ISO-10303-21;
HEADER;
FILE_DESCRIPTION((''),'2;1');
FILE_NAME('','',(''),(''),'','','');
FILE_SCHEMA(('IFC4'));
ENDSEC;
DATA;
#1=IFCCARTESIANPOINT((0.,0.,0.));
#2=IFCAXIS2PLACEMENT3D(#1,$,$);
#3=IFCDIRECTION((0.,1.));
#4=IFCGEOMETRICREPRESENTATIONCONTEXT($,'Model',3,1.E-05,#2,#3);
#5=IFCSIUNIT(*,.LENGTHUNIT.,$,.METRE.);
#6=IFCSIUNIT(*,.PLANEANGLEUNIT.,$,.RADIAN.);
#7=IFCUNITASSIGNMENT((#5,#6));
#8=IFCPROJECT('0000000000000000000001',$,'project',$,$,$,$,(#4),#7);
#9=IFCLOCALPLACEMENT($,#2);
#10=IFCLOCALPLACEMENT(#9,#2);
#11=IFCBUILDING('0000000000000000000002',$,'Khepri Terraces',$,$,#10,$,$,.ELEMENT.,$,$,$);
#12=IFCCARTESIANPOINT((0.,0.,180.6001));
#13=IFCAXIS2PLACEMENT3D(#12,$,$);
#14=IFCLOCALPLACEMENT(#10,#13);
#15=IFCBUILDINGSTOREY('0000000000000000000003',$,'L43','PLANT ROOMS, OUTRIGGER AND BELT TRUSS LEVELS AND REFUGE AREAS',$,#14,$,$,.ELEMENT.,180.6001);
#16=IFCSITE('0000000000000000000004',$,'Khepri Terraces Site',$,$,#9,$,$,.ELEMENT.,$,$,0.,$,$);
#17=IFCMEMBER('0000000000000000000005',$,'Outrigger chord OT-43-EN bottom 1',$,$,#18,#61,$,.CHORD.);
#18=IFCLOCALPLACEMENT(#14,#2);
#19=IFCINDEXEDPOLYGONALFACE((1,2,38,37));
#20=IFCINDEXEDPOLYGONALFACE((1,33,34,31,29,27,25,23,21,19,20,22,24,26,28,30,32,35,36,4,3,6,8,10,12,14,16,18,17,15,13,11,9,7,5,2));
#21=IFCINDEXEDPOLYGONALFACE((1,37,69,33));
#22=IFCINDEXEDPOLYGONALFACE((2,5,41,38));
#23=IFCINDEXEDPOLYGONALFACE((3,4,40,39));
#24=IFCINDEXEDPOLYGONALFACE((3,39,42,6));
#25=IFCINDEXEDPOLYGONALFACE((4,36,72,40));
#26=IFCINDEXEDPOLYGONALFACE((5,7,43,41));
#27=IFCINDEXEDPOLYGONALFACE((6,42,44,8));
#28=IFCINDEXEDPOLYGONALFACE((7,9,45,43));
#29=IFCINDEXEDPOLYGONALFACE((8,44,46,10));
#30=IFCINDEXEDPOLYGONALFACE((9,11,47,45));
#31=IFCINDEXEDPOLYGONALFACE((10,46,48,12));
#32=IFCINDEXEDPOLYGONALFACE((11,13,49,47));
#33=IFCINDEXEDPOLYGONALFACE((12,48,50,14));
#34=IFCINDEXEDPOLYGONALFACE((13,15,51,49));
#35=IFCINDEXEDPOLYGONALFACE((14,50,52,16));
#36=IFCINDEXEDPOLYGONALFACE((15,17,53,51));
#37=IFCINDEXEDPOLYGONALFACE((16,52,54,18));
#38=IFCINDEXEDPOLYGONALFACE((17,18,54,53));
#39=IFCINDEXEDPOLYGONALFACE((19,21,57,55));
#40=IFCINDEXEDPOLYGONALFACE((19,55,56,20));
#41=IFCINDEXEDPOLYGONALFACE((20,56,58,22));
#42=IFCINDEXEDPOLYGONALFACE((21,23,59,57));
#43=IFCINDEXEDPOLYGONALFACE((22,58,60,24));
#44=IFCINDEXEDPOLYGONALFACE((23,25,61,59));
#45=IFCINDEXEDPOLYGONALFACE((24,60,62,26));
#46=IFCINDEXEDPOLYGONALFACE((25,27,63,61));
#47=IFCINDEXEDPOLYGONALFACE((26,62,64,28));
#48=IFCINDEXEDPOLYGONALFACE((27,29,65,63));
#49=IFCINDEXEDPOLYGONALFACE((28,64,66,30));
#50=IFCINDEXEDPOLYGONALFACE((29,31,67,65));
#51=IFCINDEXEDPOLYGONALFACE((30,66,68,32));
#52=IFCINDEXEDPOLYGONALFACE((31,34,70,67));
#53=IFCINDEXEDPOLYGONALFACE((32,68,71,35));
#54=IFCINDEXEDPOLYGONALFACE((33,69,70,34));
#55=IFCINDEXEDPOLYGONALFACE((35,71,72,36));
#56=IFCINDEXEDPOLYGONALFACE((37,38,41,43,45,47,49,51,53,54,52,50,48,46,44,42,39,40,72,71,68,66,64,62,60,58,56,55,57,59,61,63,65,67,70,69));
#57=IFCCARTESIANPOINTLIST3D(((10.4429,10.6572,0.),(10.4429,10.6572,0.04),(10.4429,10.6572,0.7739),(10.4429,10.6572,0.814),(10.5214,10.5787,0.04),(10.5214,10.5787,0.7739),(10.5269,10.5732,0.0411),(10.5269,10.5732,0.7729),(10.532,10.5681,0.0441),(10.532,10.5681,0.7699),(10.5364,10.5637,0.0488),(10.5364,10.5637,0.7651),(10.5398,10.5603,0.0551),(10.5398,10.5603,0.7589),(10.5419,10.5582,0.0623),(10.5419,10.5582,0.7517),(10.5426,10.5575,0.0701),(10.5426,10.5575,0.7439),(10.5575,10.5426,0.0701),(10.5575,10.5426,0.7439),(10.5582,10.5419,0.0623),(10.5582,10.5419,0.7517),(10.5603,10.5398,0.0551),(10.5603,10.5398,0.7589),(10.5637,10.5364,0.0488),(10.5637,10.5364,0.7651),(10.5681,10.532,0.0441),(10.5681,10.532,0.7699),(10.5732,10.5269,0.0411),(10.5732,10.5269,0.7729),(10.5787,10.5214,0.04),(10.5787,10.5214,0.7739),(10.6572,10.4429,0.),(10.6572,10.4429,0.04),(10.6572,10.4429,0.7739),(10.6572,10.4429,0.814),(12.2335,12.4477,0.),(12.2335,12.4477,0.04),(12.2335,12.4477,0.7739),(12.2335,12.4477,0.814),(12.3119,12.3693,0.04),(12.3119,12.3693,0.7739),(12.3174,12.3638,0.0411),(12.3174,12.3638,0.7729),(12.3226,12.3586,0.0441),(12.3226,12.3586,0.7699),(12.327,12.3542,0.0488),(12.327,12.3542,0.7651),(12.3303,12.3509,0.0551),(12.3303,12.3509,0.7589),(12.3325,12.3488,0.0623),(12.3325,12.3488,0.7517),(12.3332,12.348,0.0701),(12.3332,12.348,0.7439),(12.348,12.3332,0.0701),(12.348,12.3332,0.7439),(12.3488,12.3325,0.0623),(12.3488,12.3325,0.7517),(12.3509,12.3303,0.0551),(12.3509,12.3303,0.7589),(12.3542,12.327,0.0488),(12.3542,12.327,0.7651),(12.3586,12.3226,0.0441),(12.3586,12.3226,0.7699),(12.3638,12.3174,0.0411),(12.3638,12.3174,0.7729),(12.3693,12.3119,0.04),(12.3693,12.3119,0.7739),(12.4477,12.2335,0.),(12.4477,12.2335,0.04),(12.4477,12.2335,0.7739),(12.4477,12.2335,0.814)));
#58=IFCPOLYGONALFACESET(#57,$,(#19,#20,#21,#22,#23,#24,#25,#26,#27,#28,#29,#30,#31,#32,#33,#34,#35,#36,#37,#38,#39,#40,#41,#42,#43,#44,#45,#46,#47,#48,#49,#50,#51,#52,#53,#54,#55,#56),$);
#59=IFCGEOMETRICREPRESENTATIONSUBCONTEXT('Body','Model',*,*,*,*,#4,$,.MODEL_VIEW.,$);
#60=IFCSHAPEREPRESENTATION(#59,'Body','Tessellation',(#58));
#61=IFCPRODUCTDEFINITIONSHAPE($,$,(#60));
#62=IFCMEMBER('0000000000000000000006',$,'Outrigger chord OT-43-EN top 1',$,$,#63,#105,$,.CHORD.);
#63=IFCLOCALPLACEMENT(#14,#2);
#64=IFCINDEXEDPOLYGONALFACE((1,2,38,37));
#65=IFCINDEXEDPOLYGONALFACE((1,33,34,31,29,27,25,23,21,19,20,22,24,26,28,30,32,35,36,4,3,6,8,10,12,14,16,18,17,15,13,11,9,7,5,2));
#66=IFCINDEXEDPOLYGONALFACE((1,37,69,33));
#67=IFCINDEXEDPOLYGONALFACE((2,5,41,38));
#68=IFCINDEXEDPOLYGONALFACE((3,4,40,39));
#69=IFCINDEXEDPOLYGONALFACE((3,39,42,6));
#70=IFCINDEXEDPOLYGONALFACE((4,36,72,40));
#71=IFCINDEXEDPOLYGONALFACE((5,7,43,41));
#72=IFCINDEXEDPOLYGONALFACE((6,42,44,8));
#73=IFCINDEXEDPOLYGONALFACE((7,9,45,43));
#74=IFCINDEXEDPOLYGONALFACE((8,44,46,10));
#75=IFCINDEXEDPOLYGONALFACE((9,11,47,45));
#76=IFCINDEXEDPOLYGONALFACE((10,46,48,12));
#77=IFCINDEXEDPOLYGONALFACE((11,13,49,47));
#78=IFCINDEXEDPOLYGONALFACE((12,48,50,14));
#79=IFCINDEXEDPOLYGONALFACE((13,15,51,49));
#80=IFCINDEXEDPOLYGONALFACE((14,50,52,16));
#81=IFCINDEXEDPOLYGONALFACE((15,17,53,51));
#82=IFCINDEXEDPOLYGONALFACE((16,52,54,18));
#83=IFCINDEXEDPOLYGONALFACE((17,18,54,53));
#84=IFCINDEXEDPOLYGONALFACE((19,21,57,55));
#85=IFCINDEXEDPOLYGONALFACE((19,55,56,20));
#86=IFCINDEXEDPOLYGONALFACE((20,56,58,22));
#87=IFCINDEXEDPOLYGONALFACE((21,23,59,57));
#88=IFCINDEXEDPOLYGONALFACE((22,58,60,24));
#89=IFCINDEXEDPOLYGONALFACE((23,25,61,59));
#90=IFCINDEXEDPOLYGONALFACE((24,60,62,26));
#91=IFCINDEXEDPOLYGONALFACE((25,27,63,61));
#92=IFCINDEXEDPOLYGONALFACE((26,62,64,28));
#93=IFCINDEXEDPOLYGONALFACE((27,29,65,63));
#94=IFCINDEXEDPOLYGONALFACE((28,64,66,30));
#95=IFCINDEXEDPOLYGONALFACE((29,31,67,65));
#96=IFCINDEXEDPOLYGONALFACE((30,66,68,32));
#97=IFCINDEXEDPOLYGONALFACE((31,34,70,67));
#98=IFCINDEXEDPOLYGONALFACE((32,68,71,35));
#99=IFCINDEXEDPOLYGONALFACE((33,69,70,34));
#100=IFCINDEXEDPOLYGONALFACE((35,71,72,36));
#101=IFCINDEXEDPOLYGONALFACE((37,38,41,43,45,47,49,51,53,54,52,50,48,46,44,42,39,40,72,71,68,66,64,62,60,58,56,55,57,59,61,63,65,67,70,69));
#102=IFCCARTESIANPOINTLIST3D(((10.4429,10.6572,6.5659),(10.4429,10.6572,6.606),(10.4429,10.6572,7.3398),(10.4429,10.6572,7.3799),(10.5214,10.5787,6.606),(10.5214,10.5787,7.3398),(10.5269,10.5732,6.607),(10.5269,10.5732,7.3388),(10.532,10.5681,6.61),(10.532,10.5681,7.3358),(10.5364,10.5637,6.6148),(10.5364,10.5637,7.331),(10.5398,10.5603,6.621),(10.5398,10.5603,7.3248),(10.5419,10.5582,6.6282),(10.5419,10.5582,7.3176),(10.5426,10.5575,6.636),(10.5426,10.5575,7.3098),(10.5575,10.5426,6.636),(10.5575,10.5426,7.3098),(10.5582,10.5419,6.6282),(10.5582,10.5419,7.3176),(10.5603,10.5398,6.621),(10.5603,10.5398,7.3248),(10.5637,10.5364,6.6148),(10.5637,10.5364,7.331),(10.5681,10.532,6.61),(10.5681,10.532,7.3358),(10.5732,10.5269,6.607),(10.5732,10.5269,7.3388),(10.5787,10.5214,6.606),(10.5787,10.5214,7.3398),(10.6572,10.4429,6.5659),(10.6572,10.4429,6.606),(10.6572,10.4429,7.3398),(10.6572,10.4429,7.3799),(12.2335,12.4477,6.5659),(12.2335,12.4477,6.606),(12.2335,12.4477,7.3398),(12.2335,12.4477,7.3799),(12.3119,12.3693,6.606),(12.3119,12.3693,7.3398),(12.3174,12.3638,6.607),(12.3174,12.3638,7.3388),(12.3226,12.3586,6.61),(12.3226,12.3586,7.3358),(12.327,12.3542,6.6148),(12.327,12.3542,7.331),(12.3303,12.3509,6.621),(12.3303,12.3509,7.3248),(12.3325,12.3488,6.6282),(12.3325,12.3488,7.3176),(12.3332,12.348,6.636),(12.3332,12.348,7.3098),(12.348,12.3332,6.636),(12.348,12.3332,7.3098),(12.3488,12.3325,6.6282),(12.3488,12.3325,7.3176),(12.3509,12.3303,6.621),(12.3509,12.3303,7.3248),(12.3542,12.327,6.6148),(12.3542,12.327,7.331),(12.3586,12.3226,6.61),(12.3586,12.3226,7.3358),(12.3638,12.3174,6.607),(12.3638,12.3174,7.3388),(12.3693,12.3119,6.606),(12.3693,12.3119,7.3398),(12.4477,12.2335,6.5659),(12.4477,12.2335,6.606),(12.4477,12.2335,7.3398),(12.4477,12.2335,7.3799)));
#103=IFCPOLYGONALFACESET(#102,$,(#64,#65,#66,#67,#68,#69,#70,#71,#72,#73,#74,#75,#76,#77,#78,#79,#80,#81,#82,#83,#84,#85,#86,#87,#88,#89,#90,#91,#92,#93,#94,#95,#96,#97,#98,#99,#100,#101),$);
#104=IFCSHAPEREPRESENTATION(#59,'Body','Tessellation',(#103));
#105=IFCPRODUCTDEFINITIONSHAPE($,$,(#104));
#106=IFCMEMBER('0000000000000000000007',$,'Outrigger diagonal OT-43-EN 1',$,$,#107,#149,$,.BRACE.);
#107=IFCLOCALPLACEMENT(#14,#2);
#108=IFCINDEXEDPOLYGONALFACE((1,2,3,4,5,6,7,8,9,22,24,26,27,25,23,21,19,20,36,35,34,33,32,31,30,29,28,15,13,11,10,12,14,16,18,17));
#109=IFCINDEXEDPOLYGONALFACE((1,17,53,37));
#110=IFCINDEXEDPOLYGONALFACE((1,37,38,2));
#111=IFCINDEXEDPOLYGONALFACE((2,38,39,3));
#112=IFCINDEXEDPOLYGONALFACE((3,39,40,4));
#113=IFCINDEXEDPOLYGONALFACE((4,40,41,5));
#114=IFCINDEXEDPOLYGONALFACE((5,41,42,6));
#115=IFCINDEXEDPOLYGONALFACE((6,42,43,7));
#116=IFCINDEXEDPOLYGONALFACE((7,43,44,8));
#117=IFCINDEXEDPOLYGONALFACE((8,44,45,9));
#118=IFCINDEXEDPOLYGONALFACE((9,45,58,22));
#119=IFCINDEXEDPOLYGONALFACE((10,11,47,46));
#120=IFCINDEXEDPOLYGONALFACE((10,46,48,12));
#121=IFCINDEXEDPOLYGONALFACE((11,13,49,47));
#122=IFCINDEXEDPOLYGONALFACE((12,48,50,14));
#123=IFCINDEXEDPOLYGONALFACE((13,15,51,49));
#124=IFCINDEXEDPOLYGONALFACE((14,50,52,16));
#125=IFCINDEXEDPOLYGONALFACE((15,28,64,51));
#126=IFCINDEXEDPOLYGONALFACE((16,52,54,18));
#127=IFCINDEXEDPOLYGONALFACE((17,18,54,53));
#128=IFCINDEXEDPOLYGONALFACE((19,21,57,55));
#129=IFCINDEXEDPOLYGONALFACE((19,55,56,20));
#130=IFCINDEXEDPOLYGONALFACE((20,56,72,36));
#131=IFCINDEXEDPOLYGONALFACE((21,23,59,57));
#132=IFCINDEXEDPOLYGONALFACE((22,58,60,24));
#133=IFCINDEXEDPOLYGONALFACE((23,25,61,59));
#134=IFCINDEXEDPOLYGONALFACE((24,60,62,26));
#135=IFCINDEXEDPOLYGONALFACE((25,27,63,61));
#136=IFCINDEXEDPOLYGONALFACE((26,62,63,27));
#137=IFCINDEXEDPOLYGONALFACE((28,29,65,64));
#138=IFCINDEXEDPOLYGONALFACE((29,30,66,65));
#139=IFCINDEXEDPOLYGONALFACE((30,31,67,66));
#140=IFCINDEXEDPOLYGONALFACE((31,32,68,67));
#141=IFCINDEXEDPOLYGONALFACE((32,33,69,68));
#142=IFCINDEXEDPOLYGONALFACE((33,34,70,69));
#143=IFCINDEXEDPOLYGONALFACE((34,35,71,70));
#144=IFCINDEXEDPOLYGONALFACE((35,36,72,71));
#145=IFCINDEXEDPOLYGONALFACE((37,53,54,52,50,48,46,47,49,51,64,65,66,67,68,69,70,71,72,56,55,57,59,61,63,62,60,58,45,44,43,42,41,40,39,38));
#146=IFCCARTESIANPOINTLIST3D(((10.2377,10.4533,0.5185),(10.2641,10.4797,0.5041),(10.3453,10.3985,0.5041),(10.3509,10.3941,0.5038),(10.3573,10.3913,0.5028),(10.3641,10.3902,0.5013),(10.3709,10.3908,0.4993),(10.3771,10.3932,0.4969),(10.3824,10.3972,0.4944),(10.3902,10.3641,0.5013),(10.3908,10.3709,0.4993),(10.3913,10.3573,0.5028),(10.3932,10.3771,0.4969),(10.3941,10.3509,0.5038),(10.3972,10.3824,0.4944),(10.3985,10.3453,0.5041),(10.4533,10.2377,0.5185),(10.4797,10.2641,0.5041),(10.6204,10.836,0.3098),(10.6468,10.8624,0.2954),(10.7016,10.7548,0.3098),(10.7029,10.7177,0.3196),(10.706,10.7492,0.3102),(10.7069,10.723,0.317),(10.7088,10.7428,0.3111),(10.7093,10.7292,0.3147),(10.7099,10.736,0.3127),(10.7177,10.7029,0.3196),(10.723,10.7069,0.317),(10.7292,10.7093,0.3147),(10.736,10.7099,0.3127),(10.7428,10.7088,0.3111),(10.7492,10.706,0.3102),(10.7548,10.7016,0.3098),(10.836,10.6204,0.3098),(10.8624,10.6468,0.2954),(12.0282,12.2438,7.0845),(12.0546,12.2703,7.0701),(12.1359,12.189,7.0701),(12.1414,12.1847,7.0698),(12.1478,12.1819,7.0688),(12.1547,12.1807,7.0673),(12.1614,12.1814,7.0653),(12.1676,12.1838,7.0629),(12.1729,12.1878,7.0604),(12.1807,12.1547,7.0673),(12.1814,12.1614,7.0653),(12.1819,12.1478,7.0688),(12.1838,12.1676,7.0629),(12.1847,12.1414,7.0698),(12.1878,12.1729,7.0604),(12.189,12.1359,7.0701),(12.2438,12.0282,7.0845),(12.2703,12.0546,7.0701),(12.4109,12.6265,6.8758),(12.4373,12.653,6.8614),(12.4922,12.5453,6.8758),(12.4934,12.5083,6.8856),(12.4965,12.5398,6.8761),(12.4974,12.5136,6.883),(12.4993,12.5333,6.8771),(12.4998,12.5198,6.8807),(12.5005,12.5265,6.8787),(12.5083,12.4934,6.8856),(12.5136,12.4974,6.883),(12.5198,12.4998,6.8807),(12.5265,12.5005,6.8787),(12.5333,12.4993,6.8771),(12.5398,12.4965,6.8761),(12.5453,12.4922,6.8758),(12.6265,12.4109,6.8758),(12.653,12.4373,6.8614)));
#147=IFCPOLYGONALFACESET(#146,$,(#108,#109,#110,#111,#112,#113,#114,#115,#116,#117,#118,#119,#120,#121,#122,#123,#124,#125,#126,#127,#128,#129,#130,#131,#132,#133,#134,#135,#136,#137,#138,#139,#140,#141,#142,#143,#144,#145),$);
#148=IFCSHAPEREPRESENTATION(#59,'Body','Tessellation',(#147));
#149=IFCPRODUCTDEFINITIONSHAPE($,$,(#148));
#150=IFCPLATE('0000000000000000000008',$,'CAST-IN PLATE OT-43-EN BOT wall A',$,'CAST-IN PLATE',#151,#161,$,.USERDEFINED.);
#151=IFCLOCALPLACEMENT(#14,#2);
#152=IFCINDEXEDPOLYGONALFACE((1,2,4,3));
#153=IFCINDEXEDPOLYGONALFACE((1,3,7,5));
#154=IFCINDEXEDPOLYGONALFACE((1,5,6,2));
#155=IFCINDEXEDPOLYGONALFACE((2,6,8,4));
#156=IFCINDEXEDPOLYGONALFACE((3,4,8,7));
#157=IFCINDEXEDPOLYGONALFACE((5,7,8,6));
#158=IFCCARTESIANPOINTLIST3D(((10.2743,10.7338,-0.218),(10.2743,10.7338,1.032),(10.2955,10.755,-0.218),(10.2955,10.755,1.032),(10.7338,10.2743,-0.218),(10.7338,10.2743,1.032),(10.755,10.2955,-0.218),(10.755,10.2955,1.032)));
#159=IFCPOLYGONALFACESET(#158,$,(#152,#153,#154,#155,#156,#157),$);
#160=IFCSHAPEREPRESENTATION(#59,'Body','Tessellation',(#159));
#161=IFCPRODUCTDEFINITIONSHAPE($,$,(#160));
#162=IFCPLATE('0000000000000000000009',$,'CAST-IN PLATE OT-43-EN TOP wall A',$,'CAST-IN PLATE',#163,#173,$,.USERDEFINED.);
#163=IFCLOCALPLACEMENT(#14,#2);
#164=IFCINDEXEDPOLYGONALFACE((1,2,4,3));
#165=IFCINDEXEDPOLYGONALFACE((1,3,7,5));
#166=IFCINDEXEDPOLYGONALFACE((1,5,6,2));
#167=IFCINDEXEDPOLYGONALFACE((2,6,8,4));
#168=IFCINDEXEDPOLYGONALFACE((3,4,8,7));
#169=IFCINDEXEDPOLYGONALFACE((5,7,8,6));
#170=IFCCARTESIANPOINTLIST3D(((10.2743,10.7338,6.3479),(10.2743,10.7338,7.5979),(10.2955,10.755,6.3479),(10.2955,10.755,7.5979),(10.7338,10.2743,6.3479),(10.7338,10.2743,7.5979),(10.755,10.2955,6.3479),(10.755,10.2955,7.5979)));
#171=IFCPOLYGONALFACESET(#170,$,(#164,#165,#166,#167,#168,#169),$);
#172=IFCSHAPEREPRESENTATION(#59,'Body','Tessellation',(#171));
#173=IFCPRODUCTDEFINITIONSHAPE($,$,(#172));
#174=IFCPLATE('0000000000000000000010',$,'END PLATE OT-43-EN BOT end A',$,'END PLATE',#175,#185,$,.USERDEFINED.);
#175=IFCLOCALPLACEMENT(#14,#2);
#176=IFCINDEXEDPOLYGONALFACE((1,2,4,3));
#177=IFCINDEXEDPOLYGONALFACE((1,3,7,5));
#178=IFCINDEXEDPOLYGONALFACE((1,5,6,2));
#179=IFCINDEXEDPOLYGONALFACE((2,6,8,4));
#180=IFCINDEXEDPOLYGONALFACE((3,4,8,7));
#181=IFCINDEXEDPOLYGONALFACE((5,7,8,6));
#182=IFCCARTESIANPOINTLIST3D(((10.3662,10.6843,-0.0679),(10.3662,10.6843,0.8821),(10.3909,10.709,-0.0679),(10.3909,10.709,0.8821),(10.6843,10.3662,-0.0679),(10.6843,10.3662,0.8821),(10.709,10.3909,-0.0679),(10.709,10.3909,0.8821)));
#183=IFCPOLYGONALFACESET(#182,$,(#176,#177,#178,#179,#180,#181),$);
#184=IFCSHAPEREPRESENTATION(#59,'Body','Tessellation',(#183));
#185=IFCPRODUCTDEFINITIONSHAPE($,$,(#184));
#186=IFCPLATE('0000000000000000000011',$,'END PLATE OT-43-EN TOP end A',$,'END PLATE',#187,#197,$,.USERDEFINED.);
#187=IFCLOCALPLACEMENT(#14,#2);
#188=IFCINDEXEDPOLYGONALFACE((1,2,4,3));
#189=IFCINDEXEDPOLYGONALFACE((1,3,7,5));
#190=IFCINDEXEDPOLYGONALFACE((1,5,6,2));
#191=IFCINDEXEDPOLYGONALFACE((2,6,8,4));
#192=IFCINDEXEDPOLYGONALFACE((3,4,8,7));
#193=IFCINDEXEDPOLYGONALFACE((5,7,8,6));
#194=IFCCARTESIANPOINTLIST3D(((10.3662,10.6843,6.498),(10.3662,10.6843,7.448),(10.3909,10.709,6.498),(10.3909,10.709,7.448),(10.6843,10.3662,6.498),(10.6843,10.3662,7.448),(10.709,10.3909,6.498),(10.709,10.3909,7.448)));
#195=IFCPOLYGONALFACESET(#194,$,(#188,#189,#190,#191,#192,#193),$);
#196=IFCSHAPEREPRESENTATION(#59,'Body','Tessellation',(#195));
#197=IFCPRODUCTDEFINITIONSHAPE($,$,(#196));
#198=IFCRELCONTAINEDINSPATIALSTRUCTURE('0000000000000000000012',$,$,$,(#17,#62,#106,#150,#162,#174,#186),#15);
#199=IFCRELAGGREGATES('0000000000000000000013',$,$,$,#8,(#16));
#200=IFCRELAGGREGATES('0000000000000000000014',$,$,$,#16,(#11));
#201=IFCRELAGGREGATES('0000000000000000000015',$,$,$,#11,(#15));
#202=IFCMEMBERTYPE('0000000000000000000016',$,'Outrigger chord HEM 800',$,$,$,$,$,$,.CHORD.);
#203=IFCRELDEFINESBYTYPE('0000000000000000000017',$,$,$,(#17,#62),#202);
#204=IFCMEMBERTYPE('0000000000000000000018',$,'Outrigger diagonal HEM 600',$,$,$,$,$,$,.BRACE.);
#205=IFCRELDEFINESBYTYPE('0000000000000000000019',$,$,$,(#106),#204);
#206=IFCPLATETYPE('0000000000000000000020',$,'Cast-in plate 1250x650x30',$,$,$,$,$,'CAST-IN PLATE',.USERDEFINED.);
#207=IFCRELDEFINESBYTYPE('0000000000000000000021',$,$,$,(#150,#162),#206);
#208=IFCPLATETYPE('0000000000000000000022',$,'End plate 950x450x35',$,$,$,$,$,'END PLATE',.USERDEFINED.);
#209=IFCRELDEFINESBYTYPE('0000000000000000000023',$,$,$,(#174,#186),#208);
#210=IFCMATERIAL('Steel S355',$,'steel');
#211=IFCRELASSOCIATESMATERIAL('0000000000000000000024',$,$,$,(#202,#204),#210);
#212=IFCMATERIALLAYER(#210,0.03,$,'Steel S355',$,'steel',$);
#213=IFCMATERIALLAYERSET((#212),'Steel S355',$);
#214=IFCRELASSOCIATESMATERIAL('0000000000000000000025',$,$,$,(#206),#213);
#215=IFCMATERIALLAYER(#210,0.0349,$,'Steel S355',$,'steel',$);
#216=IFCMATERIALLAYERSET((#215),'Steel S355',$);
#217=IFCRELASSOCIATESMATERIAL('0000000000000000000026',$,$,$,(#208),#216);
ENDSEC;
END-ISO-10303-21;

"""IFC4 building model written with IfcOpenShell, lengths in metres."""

from ifc_helpers import new_model, si_unit, direction, frame, origin, origin_2d, place, context, subcontext, project, spatial, rectangle, i_section, extrude, material, layer, layer_set, material_profile, profile_set, type_object, element, save


model = new_model("IFC4")

# Units and contexts
model_context = context("Model", 3, precision=1e-05, world=origin(), true_north=direction((0.0, 1.0)))
body_context = subcontext(model_context, "Body", "Model", "MODEL_VIEW")
ifc_project = project(units=[si_unit("LENGTHUNIT", "METRE"), si_unit("PLANEANGLEUNIT", "RADIAN")], contexts=[model_context])

# Site, building, storey
site_placement = place(None, origin())
site = spatial("IfcSite", under=ifc_project, at=site_placement, Name="Khepri Terraces Site", CompositionType="ELEMENT", RefElevation=0.0)
building_placement = place(site_placement, origin())
building = spatial("IfcBuilding", under=site, at=building_placement, Name="Khepri Terraces", CompositionType="ELEMENT")
storey_placement = place(building_placement, frame((0.0, 0.0, 180.6001)))
storey = spatial("IfcBuildingStorey", under=building, at=storey_placement, Name="L43", Description="PLANT ROOMS, OUTRIGGER AND BELT TRUSS LEVELS AND REFUGE AREAS", CompositionType="ELEMENT", Elevation=180.6001)

# Members
ifc_material_1 = material(Name="Steel S355", Category="steel")
ifc_material_profile_1 = material_profile(ifc_material_1, i_section(OverallWidth=0.303, OverallDepth=0.814, WebThickness=0.021, FlangeThickness=0.04, FilletRadius=0.03, at=origin_2d()), Name="Steel S355", Category="steel")
ifc_profile_set_1 = profile_set([ifc_material_profile_1], Name="Steel S355")
member_type_1 = type_object("IfcMemberType", Name="Outrigger chord HEM 800", PredefinedType="CHORD", material=ifc_profile_set_1)
for number, where, z_axis, x_axis, name in (
    (1, (10.55, 10.55, 0.407), (0.707107, 0.707107, 0.0), (-0.707107, 0.707107, 0.0), "Outrigger chord OT-43-EN bottom 1"),
    (2, (10.55, 10.55, 6.9729), (0.707107, 0.707107, 0.0), (-0.707107, 0.707107, 0.0), "Outrigger chord OT-43-EN top 1"),
):
    element("IfcMember", number, at=place(storey_placement, frame(where, z_axis=z_axis, x_axis=x_axis)), inside=storey, type_object=member_type_1, Name=name, PredefinedType="CHORD", context=body_context, shape_type="SweptSolid", body=[
        extrude(i_section(OverallWidth=0.303, OverallDepth=0.814, WebThickness=0.021, FlangeThickness=0.04, FilletRadius=0.03, at=origin_2d()), origin(), (0.0, 0.0, 1.0), 2.5322),
    ])
ifc_material_profile_2 = material_profile(ifc_material_1, i_section(OverallWidth=0.3049, OverallDepth=0.6201, WebThickness=0.021, FlangeThickness=0.04, FilletRadius=0.0271, at=origin_2d()), Name="Steel S355", Category="steel")
ifc_profile_set_2 = profile_set([ifc_material_profile_2], Name="Steel S355")
member_type_2 = type_object("IfcMemberType", Name="Outrigger diagonal HEM 600", PredefinedType="BRACE", material=ifc_profile_set_2)
member_placement = place(storey_placement, frame((10.55, 10.55, 0.407), z_axis=(0.254435, 0.254435, 0.93302), x_axis=(-0.707107, 0.707107, 0.0)))
element("IfcMember", 3, at=member_placement, inside=storey, type_object=member_type_2, Name="Outrigger diagonal OT-43-EN 1", PredefinedType="BRACE", context=body_context, shape_type="SweptSolid", body=[
    extrude(i_section(OverallWidth=0.3049, OverallDepth=0.6201, WebThickness=0.021, FlangeThickness=0.04, FilletRadius=0.0271, at=origin_2d()), origin(), (0.0, 0.0, 1.0), 7.0374),
])

# Plates
ifc_layer_1 = layer(ifc_material_1, 0.03, Name="Steel S355", Category="steel")
ifc_layer_set_1 = layer_set([ifc_layer_1], Name="Steel S355")
plate_type_1 = type_object("IfcPlateType", Name="Cast-in plate 1250x650x30", ElementType="CAST-IN PLATE", PredefinedType="USERDEFINED", material=ifc_layer_set_1)
for number, where, z_axis, x_axis, name in (
    (4, (10.5146, 10.5146, -0.218), (0.0, 0.0, 1.0), (0.707107, 0.707107, 0.0), "CAST-IN PLATE OT-43-EN BOT wall A"),
    (5, (10.5146, 10.5146, 6.3479), (0.0, 0.0, 1.0), (0.707107, 0.707107, 0.0), "CAST-IN PLATE OT-43-EN TOP wall A"),
):
    element("IfcPlate", number, at=place(storey_placement, frame(where, z_axis=z_axis, x_axis=x_axis)), inside=storey, type_object=plate_type_1, Name=name, ObjectType="CAST-IN PLATE", PredefinedType="USERDEFINED", context=body_context, shape_type="SweptSolid", body=[
        extrude(rectangle(XDim=0.03, YDim=0.6499, at=origin_2d()), origin(), (0.0, 0.0, 1.0), 1.25),
    ])
ifc_layer_2 = layer(ifc_material_1, 0.0349, Name="Steel S355", Category="steel")
ifc_layer_set_2 = layer_set([ifc_layer_2], Name="Steel S355")
plate_type_2 = type_object("IfcPlateType", Name="End plate 950x450x35", ElementType="END PLATE", PredefinedType="USERDEFINED", material=ifc_layer_set_2)
for number, where, z_axis, x_axis, name in (
    (6, (10.5376, 10.5376, -0.0679), (0.0, 0.0, 1.0), (0.707107, 0.707107, 0.0), "END PLATE OT-43-EN BOT end A"),
    (7, (10.5376, 10.5376, 6.498), (0.0, 0.0, 1.0), (0.707107, 0.707107, 0.0), "END PLATE OT-43-EN TOP end A"),
):
    element("IfcPlate", number, at=place(storey_placement, frame(where, z_axis=z_axis, x_axis=x_axis)), inside=storey, type_object=plate_type_2, Name=name, ObjectType="END PLATE", PredefinedType="USERDEFINED", context=body_context, shape_type="SweptSolid", body=[
        extrude(rectangle(XDim=0.0349, YDim=0.45, at=origin_2d()), origin(), (0.0, 0.0, 1.0), 0.95),
    ])

save(model, "model.ifc")
